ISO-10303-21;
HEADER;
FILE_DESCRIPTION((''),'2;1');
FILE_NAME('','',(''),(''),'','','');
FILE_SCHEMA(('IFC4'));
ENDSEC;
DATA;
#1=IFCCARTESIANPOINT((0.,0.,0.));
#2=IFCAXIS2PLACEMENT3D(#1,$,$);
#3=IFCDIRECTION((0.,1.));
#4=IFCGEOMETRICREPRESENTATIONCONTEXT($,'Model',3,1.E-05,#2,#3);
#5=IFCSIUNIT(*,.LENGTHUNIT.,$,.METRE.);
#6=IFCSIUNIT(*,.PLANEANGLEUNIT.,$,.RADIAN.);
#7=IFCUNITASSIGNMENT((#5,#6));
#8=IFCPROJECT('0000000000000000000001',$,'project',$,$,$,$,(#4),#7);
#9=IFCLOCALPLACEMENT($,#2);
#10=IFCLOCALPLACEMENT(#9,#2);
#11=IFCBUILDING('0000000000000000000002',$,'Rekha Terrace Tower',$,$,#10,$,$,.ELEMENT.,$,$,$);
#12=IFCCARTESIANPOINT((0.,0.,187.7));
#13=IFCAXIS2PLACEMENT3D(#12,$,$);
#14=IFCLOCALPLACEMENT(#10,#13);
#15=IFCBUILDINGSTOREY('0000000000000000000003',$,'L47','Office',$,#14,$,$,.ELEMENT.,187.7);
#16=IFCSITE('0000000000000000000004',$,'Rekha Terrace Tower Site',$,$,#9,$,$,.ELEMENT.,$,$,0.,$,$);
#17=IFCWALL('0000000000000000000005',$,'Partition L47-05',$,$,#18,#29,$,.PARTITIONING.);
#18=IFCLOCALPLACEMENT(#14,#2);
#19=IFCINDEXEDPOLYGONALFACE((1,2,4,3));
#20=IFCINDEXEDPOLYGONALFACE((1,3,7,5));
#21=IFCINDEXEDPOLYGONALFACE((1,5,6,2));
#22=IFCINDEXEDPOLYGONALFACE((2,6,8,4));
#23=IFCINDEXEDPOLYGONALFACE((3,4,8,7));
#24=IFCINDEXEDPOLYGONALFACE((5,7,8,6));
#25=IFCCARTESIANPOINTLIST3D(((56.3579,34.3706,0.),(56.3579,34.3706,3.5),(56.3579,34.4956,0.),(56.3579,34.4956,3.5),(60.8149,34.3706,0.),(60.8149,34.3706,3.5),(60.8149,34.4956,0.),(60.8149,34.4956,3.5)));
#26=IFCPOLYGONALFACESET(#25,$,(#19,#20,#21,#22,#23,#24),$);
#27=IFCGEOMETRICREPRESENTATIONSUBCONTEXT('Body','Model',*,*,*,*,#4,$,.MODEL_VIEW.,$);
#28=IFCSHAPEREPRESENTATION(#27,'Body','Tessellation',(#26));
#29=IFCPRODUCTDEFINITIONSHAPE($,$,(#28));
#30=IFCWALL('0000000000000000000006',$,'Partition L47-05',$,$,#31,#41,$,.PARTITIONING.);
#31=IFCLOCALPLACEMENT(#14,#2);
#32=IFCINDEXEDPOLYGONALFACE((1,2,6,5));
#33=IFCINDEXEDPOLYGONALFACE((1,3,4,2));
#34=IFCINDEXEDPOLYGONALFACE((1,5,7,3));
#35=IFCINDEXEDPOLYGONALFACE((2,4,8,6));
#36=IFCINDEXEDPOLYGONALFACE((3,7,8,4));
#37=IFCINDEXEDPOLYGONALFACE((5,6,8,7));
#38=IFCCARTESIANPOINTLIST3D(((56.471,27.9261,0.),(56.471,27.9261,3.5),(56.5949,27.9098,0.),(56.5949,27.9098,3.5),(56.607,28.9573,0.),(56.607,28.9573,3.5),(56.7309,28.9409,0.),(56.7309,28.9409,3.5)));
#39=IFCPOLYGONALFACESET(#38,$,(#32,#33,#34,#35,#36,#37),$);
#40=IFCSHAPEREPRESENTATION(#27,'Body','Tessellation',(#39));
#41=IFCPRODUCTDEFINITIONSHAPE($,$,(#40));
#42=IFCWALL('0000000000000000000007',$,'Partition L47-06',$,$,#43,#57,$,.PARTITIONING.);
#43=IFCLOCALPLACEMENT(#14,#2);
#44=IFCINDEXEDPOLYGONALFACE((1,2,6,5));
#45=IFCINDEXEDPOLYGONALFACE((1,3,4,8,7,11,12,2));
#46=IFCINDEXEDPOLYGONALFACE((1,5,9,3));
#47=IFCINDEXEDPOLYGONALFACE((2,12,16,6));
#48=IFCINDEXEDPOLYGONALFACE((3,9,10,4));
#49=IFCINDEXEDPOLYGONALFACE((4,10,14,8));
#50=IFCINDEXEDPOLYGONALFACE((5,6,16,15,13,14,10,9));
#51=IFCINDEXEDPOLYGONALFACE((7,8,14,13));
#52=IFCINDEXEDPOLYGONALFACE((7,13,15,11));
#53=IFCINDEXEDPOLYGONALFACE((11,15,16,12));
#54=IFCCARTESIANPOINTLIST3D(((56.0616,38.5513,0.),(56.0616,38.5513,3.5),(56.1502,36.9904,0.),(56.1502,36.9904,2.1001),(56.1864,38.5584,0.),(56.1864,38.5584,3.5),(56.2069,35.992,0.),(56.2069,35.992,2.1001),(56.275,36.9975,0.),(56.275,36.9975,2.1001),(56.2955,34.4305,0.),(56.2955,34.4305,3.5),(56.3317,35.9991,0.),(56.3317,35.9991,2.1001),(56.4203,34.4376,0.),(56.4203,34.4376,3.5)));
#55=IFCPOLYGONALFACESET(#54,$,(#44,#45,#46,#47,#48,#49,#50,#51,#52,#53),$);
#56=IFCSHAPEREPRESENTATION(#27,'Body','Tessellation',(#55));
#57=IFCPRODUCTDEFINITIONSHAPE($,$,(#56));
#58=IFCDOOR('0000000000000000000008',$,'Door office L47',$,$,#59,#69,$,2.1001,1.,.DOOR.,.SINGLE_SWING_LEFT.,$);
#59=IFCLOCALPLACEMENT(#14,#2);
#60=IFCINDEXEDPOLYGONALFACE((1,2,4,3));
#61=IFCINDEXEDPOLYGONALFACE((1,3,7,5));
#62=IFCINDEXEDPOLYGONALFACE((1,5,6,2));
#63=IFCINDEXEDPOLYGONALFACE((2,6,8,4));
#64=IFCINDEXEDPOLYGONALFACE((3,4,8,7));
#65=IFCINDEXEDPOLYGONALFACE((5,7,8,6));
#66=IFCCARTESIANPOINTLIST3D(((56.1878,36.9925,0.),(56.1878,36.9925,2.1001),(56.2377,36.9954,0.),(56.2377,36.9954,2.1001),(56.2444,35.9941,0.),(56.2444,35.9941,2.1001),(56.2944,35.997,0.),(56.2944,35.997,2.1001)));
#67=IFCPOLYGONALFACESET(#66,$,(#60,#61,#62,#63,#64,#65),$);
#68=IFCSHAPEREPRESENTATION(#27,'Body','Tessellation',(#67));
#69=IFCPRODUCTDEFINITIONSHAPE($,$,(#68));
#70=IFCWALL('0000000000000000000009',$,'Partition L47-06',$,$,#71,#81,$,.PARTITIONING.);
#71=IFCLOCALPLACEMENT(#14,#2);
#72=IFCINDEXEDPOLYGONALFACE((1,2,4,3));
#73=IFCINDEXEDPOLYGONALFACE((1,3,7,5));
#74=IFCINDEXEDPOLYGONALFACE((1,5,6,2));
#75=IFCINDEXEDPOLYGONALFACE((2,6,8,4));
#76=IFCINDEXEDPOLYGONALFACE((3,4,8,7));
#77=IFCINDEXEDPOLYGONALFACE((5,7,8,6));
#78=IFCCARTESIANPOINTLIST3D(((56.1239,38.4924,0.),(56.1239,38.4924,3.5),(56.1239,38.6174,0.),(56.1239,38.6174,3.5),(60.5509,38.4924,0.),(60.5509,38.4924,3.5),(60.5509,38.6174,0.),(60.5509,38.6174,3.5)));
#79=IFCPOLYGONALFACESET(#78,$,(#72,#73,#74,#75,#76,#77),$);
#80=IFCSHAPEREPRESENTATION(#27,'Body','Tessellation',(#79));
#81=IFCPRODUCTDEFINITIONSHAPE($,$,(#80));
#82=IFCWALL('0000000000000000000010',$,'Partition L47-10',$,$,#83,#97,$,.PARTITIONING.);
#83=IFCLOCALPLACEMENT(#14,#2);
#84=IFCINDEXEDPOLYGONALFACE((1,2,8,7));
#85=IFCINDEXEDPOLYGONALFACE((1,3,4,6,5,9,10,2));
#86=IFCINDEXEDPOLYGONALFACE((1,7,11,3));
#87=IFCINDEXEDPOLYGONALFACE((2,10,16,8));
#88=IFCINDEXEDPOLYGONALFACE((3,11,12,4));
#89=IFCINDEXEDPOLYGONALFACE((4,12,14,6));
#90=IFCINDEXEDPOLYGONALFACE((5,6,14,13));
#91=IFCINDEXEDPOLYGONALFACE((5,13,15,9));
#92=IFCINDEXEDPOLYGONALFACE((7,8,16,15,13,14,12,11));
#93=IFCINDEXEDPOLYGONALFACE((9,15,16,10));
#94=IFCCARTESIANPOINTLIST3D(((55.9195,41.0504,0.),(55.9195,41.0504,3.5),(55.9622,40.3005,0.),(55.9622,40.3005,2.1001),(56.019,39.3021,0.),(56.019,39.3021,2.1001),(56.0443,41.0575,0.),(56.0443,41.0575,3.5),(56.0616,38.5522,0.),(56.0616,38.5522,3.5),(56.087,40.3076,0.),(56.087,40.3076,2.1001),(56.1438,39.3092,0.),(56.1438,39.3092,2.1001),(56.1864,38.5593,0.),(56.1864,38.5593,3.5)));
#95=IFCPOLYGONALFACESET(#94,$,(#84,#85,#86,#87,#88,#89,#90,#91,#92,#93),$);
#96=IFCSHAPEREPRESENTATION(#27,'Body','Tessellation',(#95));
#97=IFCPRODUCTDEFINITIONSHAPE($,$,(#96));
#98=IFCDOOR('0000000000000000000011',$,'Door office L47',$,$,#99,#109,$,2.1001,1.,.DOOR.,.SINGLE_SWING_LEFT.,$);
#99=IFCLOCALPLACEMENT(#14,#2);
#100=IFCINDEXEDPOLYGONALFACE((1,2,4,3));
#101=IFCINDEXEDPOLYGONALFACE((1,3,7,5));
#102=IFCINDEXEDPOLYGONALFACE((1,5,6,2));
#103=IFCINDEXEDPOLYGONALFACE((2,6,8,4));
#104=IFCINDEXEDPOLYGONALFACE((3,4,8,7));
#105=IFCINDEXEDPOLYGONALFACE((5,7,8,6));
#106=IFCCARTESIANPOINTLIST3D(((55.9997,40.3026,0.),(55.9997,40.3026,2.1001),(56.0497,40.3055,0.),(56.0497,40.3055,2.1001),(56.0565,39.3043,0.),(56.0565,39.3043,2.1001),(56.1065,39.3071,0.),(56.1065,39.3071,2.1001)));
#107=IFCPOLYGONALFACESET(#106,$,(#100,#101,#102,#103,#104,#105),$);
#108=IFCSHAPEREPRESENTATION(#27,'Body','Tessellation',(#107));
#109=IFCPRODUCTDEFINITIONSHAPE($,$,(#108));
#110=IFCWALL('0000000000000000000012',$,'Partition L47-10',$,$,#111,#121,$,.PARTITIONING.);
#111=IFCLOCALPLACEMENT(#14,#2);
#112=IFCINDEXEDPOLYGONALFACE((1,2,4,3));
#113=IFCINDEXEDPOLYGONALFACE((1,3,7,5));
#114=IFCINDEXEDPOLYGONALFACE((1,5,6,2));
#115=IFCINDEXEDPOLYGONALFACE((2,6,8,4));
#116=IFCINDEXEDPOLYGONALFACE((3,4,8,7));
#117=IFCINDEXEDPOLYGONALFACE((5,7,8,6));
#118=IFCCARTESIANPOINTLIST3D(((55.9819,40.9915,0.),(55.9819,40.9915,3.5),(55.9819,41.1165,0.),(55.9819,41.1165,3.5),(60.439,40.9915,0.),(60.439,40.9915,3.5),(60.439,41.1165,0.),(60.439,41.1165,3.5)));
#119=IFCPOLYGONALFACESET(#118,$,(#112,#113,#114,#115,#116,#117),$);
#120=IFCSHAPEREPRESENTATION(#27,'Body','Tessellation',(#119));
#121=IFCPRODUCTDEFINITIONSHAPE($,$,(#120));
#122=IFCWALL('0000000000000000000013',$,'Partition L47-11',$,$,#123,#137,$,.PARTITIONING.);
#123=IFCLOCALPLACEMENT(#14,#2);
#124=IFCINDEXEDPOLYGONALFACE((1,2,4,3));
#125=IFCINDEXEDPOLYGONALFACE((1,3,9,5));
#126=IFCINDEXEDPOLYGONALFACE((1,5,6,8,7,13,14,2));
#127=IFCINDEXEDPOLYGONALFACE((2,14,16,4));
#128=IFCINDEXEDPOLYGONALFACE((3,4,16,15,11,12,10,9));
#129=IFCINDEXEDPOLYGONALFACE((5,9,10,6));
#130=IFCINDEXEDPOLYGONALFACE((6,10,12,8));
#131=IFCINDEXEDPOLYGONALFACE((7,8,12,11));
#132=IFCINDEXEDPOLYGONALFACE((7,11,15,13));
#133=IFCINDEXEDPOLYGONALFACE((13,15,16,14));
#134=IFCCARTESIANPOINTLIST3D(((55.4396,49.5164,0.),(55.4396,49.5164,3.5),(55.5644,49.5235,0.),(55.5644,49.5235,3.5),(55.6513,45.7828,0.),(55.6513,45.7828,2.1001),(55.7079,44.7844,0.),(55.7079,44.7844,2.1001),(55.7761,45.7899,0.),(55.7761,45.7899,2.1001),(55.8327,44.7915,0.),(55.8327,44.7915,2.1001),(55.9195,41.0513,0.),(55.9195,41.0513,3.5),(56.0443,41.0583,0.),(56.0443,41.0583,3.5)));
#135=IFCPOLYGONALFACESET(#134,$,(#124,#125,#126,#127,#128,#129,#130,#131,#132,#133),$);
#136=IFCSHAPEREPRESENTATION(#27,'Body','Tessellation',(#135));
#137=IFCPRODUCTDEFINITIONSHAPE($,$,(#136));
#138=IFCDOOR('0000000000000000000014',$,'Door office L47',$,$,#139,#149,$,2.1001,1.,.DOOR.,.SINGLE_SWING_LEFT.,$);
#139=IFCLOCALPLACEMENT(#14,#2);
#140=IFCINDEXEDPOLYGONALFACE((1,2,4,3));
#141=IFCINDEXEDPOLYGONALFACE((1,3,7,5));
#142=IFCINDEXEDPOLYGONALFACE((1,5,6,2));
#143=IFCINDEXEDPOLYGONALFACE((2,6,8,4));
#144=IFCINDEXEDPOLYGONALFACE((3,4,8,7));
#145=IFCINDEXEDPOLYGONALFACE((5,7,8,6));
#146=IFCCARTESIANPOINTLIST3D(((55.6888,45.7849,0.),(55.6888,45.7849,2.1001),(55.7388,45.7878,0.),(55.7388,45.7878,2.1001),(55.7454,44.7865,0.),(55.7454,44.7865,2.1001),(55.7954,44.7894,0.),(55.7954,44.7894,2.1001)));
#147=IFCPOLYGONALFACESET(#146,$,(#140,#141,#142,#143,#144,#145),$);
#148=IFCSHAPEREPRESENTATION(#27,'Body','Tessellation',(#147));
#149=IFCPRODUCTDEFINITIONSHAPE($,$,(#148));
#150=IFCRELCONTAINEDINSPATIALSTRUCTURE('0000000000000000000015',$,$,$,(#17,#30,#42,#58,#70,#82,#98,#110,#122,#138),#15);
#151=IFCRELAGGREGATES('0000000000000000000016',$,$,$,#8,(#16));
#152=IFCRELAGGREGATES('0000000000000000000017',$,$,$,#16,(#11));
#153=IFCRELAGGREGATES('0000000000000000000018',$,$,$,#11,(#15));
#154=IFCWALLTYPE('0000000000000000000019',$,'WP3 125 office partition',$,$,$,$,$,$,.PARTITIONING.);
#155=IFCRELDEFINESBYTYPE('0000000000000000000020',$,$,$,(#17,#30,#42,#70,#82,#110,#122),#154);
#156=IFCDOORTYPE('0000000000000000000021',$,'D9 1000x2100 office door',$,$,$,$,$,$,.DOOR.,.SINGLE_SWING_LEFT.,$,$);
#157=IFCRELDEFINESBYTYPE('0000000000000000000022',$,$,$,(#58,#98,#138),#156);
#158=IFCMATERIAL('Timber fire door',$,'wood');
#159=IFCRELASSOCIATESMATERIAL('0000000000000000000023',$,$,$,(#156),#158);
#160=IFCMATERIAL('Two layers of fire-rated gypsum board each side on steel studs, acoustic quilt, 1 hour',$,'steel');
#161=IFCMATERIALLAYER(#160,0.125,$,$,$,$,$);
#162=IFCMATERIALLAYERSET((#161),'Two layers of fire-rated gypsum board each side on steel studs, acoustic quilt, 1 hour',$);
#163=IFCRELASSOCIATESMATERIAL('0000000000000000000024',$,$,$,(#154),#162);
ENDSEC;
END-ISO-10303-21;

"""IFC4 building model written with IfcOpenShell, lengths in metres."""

from ifc_helpers import new_model, si_unit, direction, frame, frame_2d, origin, place, context, subcontext, project, spatial, rectangle, extrude, material, layer, layer_set, type_object, element, fill, save


model = new_model("IFC4")

# Units and contexts
model_context = context("Model", 3, precision=1e-05, world=origin(), true_north=direction((0.0, 1.0)))
body_context = subcontext(model_context, "Body", "Model", "MODEL_VIEW")
ifc_project = project(units=[si_unit("LENGTHUNIT", "METRE"), si_unit("PLANEANGLEUNIT", "RADIAN")], contexts=[model_context])

# Site, building, storey
site_placement = place(None, origin())
site = spatial("IfcSite", under=ifc_project, at=site_placement, Name="Rekha Terrace Tower Site", CompositionType="ELEMENT", RefElevation=0.0)
building_placement = place(site_placement, origin())
building = spatial("IfcBuilding", under=site, at=building_placement, Name="Rekha Terrace Tower", CompositionType="ELEMENT")
storey_placement = place(building_placement, frame((0.0, 0.0, 187.7)))
storey = spatial("IfcBuildingStorey", under=building, at=storey_placement, Name="L47", Description="Office", CompositionType="ELEMENT", Elevation=187.7)

# Shared definitions
ifc_material_1 = material(Name="Timber fire door", Category="wood")
door_type = type_object("IfcDoorType", Name="D9 1000x2100 office door", OperationType="SINGLE_SWING_LEFT", PredefinedType="DOOR", material=ifc_material_1)

# Shared definitions
ifc_material_2 = material(Name="Two layers of fire-rated gypsum board each side on steel studs, acoustic quilt, 1 hour", Category="steel")
ifc_layer_1 = layer(ifc_material_2, 0.125)
ifc_layer_set_1 = layer_set([ifc_layer_1], Name="Two layers of fire-rated gypsum board each side on steel studs, acoustic quilt, 1 hour")
wall_type_1 = type_object("IfcWallType", Name="WP3 125 office partition", PredefinedType="PARTITIONING", material=ifc_layer_set_1)

# Walls
wall_1_placement = place(storey_placement, frame((56.3579, 34.4331, 0.0), z_axis=(0.0, 0.0, 1.0), x_axis=(1.0, 0.0, 0.0)))
element("IfcWall", 1, at=wall_1_placement, inside=storey, type_object=wall_type_1, Name="Partition L47-05", PredefinedType="PARTITIONING", context=body_context, shape_type="SweptSolid", body=[
    extrude(rectangle(XDim=4.457, YDim=0.125, at=frame_2d((2.2285, 0.0))), origin(), (0.0, 0.0, 1.0), 3.5),
])
wall_2_placement = place(storey_placement, frame((56.533, 27.918, 0.0), z_axis=(0.0, 0.0, 1.0), x_axis=(0.130764, 0.991413, 0.0)))
element("IfcWall", 2, at=wall_2_placement, inside=storey, type_object=wall_type_1, Name="Partition L47-05", PredefinedType="PARTITIONING", context=body_context, shape_type="SweptSolid", body=[
    extrude(rectangle(XDim=1.04, YDim=0.125, at=frame_2d((0.52, 0.0))), origin(), (0.0, 0.0, 1.0), 3.5),
])

# Wall, opening, door
wall_3_placement = place(storey_placement, frame((56.3579, 34.4341, 0.0), z_axis=(0.0, 0.0, 1.0), x_axis=(-0.056666, 0.998393, 0.0)))
wall_3 = element("IfcWall", 3, at=wall_3_placement, inside=storey, type_object=wall_type_1, Name="Partition L47-06", PredefinedType="PARTITIONING", context=body_context, shape_type="SweptSolid", body=[
    extrude(rectangle(XDim=4.1274, YDim=0.125, at=frame_2d((2.0637, 0.0))), origin(), (0.0, 0.0, 1.0), 3.5),
])
opening_1_placement = place(wall_3_placement, frame((1.564, 0.0, 0.0)))
opening_1 = element("IfcOpeningElement", 4, at=opening_1_placement, cuts=wall_3, PredefinedType="OPENING", context=body_context, shape_type="SweptSolid", body=[
    extrude(rectangle(XDim=1.0, YDim=2.1001, at=frame_2d((0.5, 1.05))), frame((0.0, 0.0725, 0.0), z_axis=(0.0, -1.0, 0.0), x_axis=(1.0, 0.0, 0.0)), (0.0, 0.0, 1.0), 0.145),
])
door_1_placement = place(opening_1_placement, origin())
door_1 = element("IfcDoor", 5, at=door_1_placement, inside=storey, type_object=door_type, Name="Door office L47", OperationType="SINGLE_SWING_LEFT", OverallHeight=2.1001, OverallWidth=1.0, PredefinedType="DOOR", context=body_context, shape_type="SweptSolid", body=[
    extrude(rectangle(XDim=1.0, YDim=2.1001, at=frame_2d((0.5, 1.05))), frame((0.0, 0.0249, 0.0), z_axis=(0.0, -1.0, 0.0), x_axis=(1.0, 0.0, 0.0)), (0.0, 0.0, 1.0), 0.05),
])
fill(opening_1, door_1)

# Wall
wall_4_placement = place(storey_placement, frame((56.124, 38.5549, 0.0), z_axis=(0.0, 0.0, 1.0), x_axis=(1.0, 0.0, 0.0)))
element("IfcWall", 6, at=wall_4_placement, inside=storey, type_object=wall_type_1, Name="Partition L47-06", PredefinedType="PARTITIONING", context=body_context, shape_type="SweptSolid", body=[
    extrude(rectangle(XDim=4.427, YDim=0.125, at=frame_2d((2.2134, 0.0))), origin(), (0.0, 0.0, 1.0), 3.5),
])

# Wall, opening, door
wall_5_placement = place(storey_placement, frame((56.124, 38.5559, 0.0), z_axis=(0.0, 0.0, 1.0), x_axis=(-0.056789, 0.998386, 0.0)))
wall_5 = element("IfcWall", 7, at=wall_5_placement, inside=storey, type_object=wall_type_1, Name="Partition L47-10", PredefinedType="PARTITIONING", context=body_context, shape_type="SweptSolid", body=[
    extrude(rectangle(XDim=2.5022, YDim=0.125, at=frame_2d((1.251, 0.0))), origin(), (0.0, 0.0, 1.0), 3.5),
])
opening_2_placement = place(wall_5_placement, frame((0.751, 0.0, 0.0)))
opening_2 = element("IfcOpeningElement", 8, at=opening_2_placement, cuts=wall_5, PredefinedType="OPENING", context=body_context, shape_type="SweptSolid", body=[
    extrude(rectangle(XDim=1.0, YDim=2.1001, at=frame_2d((0.5, 1.05))), frame((0.0, 0.0725, 0.0), z_axis=(0.0, -1.0, 0.0), x_axis=(1.0, 0.0, 0.0)), (0.0, 0.0, 1.0), 0.145),
])
door_2_placement = place(opening_2_placement, origin())
door_2 = element("IfcDoor", 9, at=door_2_placement, inside=storey, type_object=door_type, Name="Door office L47", OperationType="SINGLE_SWING_LEFT", OverallHeight=2.1001, OverallWidth=1.0, PredefinedType="DOOR", context=body_context, shape_type="SweptSolid", body=[
    extrude(rectangle(XDim=1.0, YDim=2.1001, at=frame_2d((0.5, 1.05))), frame((0.0, 0.0249, 0.0), z_axis=(0.0, -1.0, 0.0), x_axis=(1.0, 0.0, 0.0)), (0.0, 0.0, 1.0), 0.05),
])
fill(opening_2, door_2)

# Wall
wall_6_placement = place(storey_placement, frame((55.9819, 41.054, 0.0), z_axis=(0.0, 0.0, 1.0), x_axis=(1.0, 0.0, 0.0)))
element("IfcWall", 10, at=wall_6_placement, inside=storey, type_object=wall_type_1, Name="Partition L47-10", PredefinedType="PARTITIONING", context=body_context, shape_type="SweptSolid", body=[
    extrude(rectangle(XDim=4.457, YDim=0.125, at=frame_2d((2.2285, 0.0))), origin(), (0.0, 0.0, 1.0), 3.5),
])

# Wall, opening, door
wall_7_placement = place(storey_placement, frame((55.9819, 41.0549, 0.0), z_axis=(0.0, 0.0, 1.0), x_axis=(-0.05661, 0.998396, 0.0)))
wall_7 = element("IfcWall", 11, at=wall_7_placement, inside=storey, type_object=wall_type_1, Name="Partition L47-11", PredefinedType="PARTITIONING", context=body_context, shape_type="SweptSolid", body=[
    extrude(rectangle(XDim=8.4788, YDim=0.125, at=frame_2d((4.2393, 0.0))), origin(), (0.0, 0.0, 1.0), 3.5),
])
opening_3_placement = place(wall_7_placement, frame((3.739, 0.0, 0.0)))
opening_3 = element("IfcOpeningElement", 12, at=opening_3_placement, cuts=wall_7, PredefinedType="OPENING", context=body_context, shape_type="SweptSolid", body=[
    extrude(rectangle(XDim=1.0, YDim=2.1001, at=frame_2d((0.5, 1.05))), frame((0.0, 0.0725, 0.0), z_axis=(0.0, -1.0, 0.0), x_axis=(1.0, 0.0, 0.0)), (0.0, 0.0, 1.0), 0.145),
])
door_3_placement = place(opening_3_placement, origin())
door_3 = element("IfcDoor", 13, at=door_3_placement, inside=storey, type_object=door_type, Name="Door office L47", OperationType="SINGLE_SWING_LEFT", OverallHeight=2.1001, OverallWidth=1.0, PredefinedType="DOOR", context=body_context, shape_type="SweptSolid", body=[
    extrude(rectangle(XDim=1.0, YDim=2.1001, at=frame_2d((0.5, 1.05))), frame((0.0, 0.0249, 0.0), z_axis=(0.0, -1.0, 0.0), x_axis=(1.0, 0.0, 0.0)), (0.0, 0.0, 1.0), 0.05),
])
fill(opening_3, door_3)

save(model, "model.ifc")
